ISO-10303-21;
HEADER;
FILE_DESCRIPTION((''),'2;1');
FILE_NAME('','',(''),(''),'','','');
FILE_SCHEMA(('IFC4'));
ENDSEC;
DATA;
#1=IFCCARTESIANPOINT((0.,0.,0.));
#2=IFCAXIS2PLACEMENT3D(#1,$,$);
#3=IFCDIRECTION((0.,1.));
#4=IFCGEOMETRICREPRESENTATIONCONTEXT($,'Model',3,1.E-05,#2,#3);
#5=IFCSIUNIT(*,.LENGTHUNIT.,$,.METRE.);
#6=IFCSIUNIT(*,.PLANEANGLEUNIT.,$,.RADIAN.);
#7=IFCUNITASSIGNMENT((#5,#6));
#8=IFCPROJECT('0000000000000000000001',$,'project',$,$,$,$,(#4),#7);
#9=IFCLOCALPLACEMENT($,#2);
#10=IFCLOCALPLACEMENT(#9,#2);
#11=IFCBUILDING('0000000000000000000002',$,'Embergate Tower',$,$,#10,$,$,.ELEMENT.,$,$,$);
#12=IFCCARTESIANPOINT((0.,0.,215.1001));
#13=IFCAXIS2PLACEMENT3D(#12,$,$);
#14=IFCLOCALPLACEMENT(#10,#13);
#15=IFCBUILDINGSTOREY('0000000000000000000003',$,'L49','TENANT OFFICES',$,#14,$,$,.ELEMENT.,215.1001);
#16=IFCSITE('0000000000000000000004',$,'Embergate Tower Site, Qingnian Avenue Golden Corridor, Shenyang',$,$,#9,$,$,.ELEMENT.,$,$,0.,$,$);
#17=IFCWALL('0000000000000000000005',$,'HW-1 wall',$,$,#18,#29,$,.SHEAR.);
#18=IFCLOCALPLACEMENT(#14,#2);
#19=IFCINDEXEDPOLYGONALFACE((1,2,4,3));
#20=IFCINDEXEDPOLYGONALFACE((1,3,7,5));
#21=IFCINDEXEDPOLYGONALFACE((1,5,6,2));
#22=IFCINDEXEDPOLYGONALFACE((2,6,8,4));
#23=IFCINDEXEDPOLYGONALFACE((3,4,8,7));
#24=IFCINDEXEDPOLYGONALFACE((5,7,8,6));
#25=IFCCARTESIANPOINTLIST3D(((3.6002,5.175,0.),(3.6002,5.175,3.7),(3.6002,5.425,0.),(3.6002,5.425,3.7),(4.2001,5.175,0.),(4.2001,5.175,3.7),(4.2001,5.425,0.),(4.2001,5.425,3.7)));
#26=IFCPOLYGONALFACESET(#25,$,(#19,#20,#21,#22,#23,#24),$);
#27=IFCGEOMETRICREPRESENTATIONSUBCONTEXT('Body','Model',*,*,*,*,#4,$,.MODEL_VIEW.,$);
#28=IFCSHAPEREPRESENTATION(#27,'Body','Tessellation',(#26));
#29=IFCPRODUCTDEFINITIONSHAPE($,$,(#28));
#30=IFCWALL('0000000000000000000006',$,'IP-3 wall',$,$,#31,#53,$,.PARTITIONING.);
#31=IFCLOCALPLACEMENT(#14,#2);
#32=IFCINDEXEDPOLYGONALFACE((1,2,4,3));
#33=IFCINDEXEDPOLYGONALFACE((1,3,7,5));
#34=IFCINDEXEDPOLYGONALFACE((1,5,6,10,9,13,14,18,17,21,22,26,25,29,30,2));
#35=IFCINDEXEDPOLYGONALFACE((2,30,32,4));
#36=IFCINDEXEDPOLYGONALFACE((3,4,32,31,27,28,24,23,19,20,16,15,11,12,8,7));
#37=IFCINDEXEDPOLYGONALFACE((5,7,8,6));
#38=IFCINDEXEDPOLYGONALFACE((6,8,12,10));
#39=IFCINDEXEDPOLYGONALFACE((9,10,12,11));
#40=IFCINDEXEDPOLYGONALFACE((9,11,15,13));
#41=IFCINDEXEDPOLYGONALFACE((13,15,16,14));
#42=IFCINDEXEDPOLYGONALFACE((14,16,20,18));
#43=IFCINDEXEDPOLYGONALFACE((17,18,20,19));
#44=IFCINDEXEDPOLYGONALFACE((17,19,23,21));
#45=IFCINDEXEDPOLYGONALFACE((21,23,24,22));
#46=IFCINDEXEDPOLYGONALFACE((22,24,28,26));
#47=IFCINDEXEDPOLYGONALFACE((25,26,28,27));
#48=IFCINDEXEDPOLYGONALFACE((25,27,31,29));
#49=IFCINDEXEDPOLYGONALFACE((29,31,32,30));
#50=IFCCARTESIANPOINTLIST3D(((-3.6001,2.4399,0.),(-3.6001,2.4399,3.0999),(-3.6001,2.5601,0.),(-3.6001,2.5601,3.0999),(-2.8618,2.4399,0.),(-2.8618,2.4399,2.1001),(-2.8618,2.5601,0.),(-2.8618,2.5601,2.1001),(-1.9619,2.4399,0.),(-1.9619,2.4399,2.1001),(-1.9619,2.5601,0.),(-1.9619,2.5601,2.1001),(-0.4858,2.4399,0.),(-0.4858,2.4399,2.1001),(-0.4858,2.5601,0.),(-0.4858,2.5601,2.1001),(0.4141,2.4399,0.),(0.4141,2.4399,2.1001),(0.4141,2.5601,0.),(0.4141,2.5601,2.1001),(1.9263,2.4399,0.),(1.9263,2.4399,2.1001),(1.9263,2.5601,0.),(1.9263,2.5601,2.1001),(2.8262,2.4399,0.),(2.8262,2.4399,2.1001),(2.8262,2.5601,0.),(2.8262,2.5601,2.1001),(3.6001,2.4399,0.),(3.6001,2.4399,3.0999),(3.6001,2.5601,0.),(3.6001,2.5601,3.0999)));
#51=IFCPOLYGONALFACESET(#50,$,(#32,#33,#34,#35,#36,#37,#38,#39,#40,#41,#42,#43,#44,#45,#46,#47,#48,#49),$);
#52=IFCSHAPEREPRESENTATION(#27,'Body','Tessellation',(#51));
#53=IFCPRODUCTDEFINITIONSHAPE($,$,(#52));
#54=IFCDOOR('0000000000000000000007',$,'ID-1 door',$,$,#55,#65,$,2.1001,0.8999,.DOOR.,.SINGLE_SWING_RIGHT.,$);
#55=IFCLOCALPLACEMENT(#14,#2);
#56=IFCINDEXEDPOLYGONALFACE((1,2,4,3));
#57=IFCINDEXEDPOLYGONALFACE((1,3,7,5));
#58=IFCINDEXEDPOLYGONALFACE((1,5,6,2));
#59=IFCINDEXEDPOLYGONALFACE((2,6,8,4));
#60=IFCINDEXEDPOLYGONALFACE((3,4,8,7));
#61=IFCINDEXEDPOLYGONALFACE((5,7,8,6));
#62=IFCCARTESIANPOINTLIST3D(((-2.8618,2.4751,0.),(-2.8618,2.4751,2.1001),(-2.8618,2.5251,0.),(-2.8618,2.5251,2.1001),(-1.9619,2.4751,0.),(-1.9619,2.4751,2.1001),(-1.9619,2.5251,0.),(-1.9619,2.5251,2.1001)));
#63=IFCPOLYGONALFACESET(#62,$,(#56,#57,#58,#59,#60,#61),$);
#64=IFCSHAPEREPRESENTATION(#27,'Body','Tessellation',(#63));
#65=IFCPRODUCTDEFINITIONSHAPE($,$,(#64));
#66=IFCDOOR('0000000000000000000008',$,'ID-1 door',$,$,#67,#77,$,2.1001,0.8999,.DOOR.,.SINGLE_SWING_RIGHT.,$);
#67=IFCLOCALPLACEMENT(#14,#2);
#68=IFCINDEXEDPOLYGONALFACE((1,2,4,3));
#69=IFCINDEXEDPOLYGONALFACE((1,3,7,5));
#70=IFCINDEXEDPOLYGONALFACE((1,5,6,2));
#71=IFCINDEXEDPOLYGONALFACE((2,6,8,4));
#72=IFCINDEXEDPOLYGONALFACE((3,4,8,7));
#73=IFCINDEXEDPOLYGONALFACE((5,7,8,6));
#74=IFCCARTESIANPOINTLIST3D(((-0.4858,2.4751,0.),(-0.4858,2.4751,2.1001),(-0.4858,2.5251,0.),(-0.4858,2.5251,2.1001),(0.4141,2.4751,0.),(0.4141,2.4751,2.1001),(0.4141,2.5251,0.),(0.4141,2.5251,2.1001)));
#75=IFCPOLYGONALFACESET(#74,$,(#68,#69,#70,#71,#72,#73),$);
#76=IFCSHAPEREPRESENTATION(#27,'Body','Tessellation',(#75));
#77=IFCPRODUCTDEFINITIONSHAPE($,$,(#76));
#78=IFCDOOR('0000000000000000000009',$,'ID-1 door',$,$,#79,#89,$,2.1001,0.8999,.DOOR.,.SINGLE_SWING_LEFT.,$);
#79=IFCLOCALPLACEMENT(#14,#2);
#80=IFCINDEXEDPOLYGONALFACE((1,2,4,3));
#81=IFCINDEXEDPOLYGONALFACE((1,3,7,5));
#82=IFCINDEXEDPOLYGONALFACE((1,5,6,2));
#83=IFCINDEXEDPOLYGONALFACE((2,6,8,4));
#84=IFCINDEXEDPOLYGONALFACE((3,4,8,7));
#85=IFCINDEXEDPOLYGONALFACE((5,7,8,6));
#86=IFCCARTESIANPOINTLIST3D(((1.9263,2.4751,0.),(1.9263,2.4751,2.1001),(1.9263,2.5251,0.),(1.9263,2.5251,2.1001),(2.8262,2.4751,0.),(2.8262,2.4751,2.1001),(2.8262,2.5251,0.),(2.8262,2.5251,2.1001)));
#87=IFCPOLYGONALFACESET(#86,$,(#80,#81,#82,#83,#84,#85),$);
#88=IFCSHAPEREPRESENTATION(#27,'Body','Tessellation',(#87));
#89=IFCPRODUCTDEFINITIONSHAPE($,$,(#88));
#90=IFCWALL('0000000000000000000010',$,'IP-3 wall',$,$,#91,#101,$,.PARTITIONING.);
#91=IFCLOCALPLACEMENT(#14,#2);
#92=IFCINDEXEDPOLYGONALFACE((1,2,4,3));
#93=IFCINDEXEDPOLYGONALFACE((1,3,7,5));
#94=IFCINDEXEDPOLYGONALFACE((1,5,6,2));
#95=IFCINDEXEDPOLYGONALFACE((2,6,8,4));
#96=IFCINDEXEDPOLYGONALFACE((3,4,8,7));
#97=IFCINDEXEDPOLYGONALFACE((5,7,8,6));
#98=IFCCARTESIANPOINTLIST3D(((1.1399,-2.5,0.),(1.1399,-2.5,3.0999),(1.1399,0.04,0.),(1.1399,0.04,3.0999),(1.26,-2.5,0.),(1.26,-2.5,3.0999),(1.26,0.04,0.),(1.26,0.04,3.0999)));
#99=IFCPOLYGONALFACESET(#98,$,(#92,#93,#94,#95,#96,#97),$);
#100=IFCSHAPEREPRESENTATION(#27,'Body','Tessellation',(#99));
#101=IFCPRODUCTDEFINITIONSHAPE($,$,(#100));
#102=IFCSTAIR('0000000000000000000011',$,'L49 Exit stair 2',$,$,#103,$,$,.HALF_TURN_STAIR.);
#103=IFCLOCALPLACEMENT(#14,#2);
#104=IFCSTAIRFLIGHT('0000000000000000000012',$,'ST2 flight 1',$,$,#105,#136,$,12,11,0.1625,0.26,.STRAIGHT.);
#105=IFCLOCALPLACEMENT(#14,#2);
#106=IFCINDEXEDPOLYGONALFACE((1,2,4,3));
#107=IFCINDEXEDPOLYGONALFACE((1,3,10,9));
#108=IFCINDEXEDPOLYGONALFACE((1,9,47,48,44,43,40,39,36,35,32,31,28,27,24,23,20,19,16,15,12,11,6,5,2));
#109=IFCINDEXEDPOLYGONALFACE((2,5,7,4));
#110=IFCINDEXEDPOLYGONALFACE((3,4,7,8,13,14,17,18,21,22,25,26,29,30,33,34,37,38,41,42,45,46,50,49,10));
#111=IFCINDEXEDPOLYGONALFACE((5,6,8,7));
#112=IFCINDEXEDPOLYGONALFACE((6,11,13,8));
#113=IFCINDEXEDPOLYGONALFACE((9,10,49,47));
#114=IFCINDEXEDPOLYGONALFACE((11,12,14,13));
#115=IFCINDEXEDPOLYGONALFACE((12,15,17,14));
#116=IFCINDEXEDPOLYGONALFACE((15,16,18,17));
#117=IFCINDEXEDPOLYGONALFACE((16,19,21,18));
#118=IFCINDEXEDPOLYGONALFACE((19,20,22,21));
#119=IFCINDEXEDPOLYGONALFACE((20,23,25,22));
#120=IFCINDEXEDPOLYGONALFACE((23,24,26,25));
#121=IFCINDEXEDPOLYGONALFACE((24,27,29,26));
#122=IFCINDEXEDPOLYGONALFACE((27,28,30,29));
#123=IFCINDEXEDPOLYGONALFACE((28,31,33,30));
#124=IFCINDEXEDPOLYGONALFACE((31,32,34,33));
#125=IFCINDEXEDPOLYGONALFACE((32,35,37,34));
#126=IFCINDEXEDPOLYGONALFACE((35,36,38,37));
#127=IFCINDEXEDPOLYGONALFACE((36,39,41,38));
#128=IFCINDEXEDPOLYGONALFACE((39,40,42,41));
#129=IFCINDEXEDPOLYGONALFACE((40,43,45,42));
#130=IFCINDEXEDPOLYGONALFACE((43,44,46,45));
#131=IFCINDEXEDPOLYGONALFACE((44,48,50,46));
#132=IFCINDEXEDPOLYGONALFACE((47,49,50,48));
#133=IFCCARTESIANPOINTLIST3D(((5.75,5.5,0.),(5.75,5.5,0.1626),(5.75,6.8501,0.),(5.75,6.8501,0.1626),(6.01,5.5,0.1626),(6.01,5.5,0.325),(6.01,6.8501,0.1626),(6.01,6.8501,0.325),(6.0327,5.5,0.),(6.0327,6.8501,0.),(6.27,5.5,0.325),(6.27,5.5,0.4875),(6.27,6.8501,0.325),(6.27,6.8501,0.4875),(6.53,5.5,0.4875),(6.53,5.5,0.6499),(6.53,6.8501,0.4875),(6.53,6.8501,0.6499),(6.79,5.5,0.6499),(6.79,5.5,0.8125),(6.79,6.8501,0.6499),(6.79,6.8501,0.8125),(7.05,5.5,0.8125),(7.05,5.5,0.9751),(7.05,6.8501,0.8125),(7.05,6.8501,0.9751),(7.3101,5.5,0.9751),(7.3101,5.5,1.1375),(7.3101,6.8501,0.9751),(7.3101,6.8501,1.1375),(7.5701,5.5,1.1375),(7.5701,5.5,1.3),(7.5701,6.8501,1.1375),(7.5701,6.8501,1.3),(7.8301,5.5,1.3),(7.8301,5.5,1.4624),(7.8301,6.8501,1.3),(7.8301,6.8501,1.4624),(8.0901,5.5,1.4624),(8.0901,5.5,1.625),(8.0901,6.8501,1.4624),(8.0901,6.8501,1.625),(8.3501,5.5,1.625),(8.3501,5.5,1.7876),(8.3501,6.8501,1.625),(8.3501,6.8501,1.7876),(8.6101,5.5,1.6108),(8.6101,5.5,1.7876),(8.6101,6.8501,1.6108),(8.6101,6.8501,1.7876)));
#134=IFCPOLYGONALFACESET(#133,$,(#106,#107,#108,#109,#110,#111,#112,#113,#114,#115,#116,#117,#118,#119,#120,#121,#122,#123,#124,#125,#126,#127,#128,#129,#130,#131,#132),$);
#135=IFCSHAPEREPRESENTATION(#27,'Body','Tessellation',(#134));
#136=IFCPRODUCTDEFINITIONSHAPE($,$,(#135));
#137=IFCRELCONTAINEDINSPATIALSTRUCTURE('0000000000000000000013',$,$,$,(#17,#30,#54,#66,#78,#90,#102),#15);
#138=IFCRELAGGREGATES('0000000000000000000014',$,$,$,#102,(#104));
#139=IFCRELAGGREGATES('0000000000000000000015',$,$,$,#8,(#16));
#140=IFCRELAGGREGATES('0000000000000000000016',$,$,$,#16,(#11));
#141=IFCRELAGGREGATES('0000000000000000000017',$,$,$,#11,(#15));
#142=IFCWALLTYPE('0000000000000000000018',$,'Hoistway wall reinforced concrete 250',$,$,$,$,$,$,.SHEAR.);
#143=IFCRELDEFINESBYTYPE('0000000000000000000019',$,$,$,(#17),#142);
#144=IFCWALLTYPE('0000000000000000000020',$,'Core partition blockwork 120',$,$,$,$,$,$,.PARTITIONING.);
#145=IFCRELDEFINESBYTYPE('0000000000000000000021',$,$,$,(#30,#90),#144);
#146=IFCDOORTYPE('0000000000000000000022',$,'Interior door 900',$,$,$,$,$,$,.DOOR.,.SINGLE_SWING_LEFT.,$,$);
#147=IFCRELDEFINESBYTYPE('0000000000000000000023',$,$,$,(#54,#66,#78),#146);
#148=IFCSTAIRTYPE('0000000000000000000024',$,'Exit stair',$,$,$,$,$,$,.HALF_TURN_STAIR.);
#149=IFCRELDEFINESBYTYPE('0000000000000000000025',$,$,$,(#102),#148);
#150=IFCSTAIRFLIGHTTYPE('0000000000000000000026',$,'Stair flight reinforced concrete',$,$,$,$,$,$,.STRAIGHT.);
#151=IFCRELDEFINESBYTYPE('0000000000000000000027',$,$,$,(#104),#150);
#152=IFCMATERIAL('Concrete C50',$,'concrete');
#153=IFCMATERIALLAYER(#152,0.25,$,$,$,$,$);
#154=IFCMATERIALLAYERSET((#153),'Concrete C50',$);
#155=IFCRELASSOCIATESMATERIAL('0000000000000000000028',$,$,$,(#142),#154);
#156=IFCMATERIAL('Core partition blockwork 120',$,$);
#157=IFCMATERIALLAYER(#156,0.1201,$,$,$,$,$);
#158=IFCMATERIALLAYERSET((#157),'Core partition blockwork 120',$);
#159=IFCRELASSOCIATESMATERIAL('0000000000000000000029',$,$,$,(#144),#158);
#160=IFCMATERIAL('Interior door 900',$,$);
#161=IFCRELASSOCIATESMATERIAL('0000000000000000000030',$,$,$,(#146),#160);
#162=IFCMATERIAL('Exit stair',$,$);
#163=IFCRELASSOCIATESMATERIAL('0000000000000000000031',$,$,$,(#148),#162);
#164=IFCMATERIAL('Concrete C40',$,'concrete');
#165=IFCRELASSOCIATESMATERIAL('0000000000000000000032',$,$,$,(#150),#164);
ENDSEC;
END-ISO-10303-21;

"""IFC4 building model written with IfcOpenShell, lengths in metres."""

from ifc_helpers import new_model, si_unit, direction, frame, frame_2d, origin, place, context, subcontext, project, spatial, polyline, rectangle, outline, extrude, source, transform, mapped, material, layer, layer_set, type_object, element, fill, aggregate, save


model = new_model("IFC4")

# Units and contexts
model_context = context("Model", 3, precision=1e-05, world=origin(), true_north=direction((0.0, 1.0)))
body_context = subcontext(model_context, "Body", "Model", "MODEL_VIEW")
ifc_project = project(units=[si_unit("LENGTHUNIT", "METRE"), si_unit("PLANEANGLEUNIT", "RADIAN")], contexts=[model_context])

# Site, building, storey
site_placement = place(None, origin())
site = spatial("IfcSite", under=ifc_project, at=site_placement, Name="Embergate Tower Site, Qingnian Avenue Golden Corridor, Shenyang", CompositionType="ELEMENT", RefElevation=0.0)
building_placement = place(site_placement, origin())
building = spatial("IfcBuilding", under=site, at=building_placement, Name="Embergate Tower", CompositionType="ELEMENT")
storey_placement = place(building_placement, frame((0.0, 0.0, 215.1001)))
storey = spatial("IfcBuildingStorey", under=building, at=storey_placement, Name="L49", Description="TENANT OFFICES", CompositionType="ELEMENT", Elevation=215.1001)

# Shared definitions
ifc_material_1 = material(Name="Concrete C50", Category="concrete")
ifc_layer_1 = layer(ifc_material_1, 0.25)
ifc_layer_set_1 = layer_set([ifc_layer_1], Name="Concrete C50")
wall_type_1 = type_object("IfcWallType", Name="Hoistway wall reinforced concrete 250", PredefinedType="SHEAR", material=ifc_layer_set_1)

# Shared definitions
ifc_material_2 = material(Name="Core partition blockwork 120")
ifc_layer_2 = layer(ifc_material_2, 0.1201)
ifc_layer_set_2 = layer_set([ifc_layer_2], Name="Core partition blockwork 120")
wall_type_2 = type_object("IfcWallType", Name="Core partition blockwork 120", PredefinedType="PARTITIONING", material=ifc_layer_set_2)

# Wall
shared_shape_1 = source(origin(), body_context, "Body", "SweptSolid", [
    extrude(rectangle(XDim=0.5999, YDim=0.25, at=frame_2d((0.2998, 0.0))), origin(), (0.0, 0.0, 1.0), 3.7),
])
wall_1_placement = place(storey_placement, frame((4.2, 5.3, 0.0), z_axis=(0.0, 0.0, 1.0), x_axis=(-1.0, 0.0, 0.0)))
element("IfcWall", 1, at=wall_1_placement, inside=storey, type_object=wall_type_1, Name="HW-1 wall", PredefinedType="SHEAR", context=body_context, shape_type="MappedRepresentation", body=[
    mapped(shared_shape_1, transform((0.0, 0.0, 0.0))),
])

# Wall, openings, doors
shared_shape_2 = source(origin(), body_context, "Body", "SweptSolid", [
    extrude(rectangle(XDim=7.2002, YDim=0.1201, at=frame_2d((3.6001, 0.0))), origin(), (0.0, 0.0, 1.0), 3.0999),
])
wall_2_placement = place(storey_placement, frame((3.6001, 2.5, 0.0), z_axis=(0.0, 0.0, 1.0), x_axis=(-1.0, 0.0, 0.0)))
wall_2 = element("IfcWall", 2, at=wall_2_placement, inside=storey, type_object=wall_type_2, Name="IP-3 wall", PredefinedType="PARTITIONING", context=body_context, shape_type="MappedRepresentation", body=[
    mapped(shared_shape_2, transform((0.0, 0.0, 0.0))),
])
shared_shape_3 = source(origin(), body_context, "Body", "SweptSolid", [
    extrude(rectangle(XDim=0.8999, YDim=2.1001, at=frame_2d((0.45, 1.05))), frame((0.0, 0.0701, 0.0), z_axis=(0.0, -1.0, 0.0), x_axis=(1.0, 0.0, 0.0)), (0.0, 0.0, 1.0), 0.1401),
])
opening_1_placement = place(wall_2_placement, frame((5.562, 0.0, 0.0)))
opening_1 = element("IfcOpeningElement", 3, at=opening_1_placement, cuts=wall_2, PredefinedType="OPENING", context=body_context, shape_type="MappedRepresentation", body=[
    mapped(shared_shape_3, transform((0.0, 0.0, 0.0))),
])
opening_2_placement = place(wall_2_placement, frame((3.186, 0.0, 0.0)))
opening_2 = element("IfcOpeningElement", 4, at=opening_2_placement, cuts=wall_2, PredefinedType="OPENING", context=body_context, shape_type="MappedRepresentation", body=[
    mapped(shared_shape_3, transform((0.0, 0.0, 0.0))),
])
opening_3_placement = place(wall_2_placement, frame((0.7739, 0.0, 0.0)))
opening_3 = element("IfcOpeningElement", 5, at=opening_3_placement, cuts=wall_2, PredefinedType="OPENING", context=body_context, shape_type="MappedRepresentation", body=[
    mapped(shared_shape_3, transform((0.0, 0.0, 0.0))),
])
ifc_material_3 = material(Name="Interior door 900")
door_type_1 = type_object("IfcDoorType", Name="Interior door 900", OperationType="SINGLE_SWING_LEFT", PredefinedType="DOOR", material=ifc_material_3)
shared_shape_4 = source(origin(), body_context, "Body", "SweptSolid", [
    extrude(rectangle(XDim=0.8999, YDim=2.1001, at=frame_2d((0.45, 1.05))), frame((0.0, 0.0249, 0.0), z_axis=(0.0, -1.0, 0.0), x_axis=(1.0, 0.0, 0.0)), (0.0, 0.0, 1.0), 0.05),
])
door_1_placement = place(opening_1_placement, origin())
door_1 = element("IfcDoor", 6, at=door_1_placement, inside=storey, type_object=door_type_1, Name="ID-1 door", OperationType="SINGLE_SWING_RIGHT", OverallHeight=2.1001, OverallWidth=0.8999, PredefinedType="DOOR", context=body_context, shape_type="MappedRepresentation", body=[
    mapped(shared_shape_4, transform((0.0, 0.0, 0.0))),
])
fill(opening_1, door_1)
door_2_placement = place(opening_2_placement, origin())
door_2 = element("IfcDoor", 7, at=door_2_placement, inside=storey, type_object=door_type_1, Name="ID-1 door", OperationType="SINGLE_SWING_RIGHT", OverallHeight=2.1001, OverallWidth=0.8999, PredefinedType="DOOR", context=body_context, shape_type="MappedRepresentation", body=[
    mapped(shared_shape_4, transform((0.0, 0.0, 0.0))),
])
fill(opening_2, door_2)
door_3_placement = place(opening_3_placement, origin())
door_3 = element("IfcDoor", 8, at=door_3_placement, inside=storey, type_object=door_type_1, Name="ID-1 door", OperationType="SINGLE_SWING_LEFT", OverallHeight=2.1001, OverallWidth=0.8999, PredefinedType="DOOR", context=body_context, shape_type="MappedRepresentation", body=[
    mapped(shared_shape_4, transform((0.0, 0.0, 0.0))),
])
fill(opening_3, door_3)

# Wall
shared_shape_5 = source(origin(), body_context, "Body", "SweptSolid", [
    extrude(rectangle(XDim=2.54, YDim=0.1201, at=frame_2d((1.27, 0.0))), origin(), (0.0, 0.0, 1.0), 3.0999),
])
wall_3_placement = place(storey_placement, frame((1.2, 0.04, 0.0), z_axis=(0.0, 0.0, 1.0), x_axis=(0.0, -1.0, 0.0)))
element("IfcWall", 9, at=wall_3_placement, inside=storey, type_object=wall_type_2, Name="IP-3 wall", PredefinedType="PARTITIONING", context=body_context, shape_type="MappedRepresentation", body=[
    mapped(shared_shape_5, transform((0.0, 0.0, 0.0))),
])

# Stair, stair flight
ifc_material_4 = material(Name="Exit stair")
stair_type = type_object("IfcStairType", Name="Exit stair", PredefinedType="HALF_TURN_STAIR", material=ifc_material_4)
stair_placement = place(storey_placement, origin())
stair = element("IfcStair", 10, at=stair_placement, inside=storey, type_object=stair_type, Name="L49 Exit stair 2", PredefinedType="HALF_TURN_STAIR")
ifc_material_5 = material(Name="Concrete C40", Category="concrete")
stair_flight_type = type_object("IfcStairFlightType", Name="Stair flight reinforced concrete", PredefinedType="STRAIGHT", material=ifc_material_5)
shared_shape_6 = source(origin(), body_context, "Body", "SweptSolid", [
    extrude(outline(polyline([(0.0, 0.0), (0.0, 0.1626), (0.26, 0.1626), (0.26, 0.325), (0.52, 0.325), (0.52, 0.4875), (0.78, 0.4875), (0.78, 0.6499), (1.04, 0.6499), (1.04, 0.8125), (1.3, 0.8125), (1.3, 0.9751), (1.5601, 0.9751), (1.5601, 1.1375), (1.8201, 1.1375), (1.8201, 1.3), (2.0801, 1.3), (2.0801, 1.4624), (2.3401, 1.4624), (2.3401, 1.625), (2.6001, 1.625), (2.6001, 1.7876), (2.8601, 1.7876), (2.8601, 1.95), (2.8601, 1.6108), (0.2827, 0.0), (0.0, 0.0)])), frame((0.0, 0.675, 0.0), z_axis=(0.0, -1.0, 0.0), x_axis=(1.0, 0.0, 0.0)), (0.0, 0.0, 1.0), 1.3501),
])
stair_flight_placement = place(storey_placement, frame((5.75, 6.175, 0.0), z_axis=(0.0, 0.0, 1.0), x_axis=(1.0, 0.0, 0.0)))
stair_flight = element("IfcStairFlight", 11, at=stair_flight_placement, type_object=stair_flight_type, Name="ST2 flight 1", NumberOfRisers=12, NumberOfTreads=11, PredefinedType="STRAIGHT", RiserHeight=0.1625, TreadLength=0.26, context=body_context, shape_type="MappedRepresentation", body=[
    mapped(shared_shape_6, transform((0.0, 0.0, 0.0))),
])
aggregate(stair, [stair_flight])

save(model, "model.ifc")
